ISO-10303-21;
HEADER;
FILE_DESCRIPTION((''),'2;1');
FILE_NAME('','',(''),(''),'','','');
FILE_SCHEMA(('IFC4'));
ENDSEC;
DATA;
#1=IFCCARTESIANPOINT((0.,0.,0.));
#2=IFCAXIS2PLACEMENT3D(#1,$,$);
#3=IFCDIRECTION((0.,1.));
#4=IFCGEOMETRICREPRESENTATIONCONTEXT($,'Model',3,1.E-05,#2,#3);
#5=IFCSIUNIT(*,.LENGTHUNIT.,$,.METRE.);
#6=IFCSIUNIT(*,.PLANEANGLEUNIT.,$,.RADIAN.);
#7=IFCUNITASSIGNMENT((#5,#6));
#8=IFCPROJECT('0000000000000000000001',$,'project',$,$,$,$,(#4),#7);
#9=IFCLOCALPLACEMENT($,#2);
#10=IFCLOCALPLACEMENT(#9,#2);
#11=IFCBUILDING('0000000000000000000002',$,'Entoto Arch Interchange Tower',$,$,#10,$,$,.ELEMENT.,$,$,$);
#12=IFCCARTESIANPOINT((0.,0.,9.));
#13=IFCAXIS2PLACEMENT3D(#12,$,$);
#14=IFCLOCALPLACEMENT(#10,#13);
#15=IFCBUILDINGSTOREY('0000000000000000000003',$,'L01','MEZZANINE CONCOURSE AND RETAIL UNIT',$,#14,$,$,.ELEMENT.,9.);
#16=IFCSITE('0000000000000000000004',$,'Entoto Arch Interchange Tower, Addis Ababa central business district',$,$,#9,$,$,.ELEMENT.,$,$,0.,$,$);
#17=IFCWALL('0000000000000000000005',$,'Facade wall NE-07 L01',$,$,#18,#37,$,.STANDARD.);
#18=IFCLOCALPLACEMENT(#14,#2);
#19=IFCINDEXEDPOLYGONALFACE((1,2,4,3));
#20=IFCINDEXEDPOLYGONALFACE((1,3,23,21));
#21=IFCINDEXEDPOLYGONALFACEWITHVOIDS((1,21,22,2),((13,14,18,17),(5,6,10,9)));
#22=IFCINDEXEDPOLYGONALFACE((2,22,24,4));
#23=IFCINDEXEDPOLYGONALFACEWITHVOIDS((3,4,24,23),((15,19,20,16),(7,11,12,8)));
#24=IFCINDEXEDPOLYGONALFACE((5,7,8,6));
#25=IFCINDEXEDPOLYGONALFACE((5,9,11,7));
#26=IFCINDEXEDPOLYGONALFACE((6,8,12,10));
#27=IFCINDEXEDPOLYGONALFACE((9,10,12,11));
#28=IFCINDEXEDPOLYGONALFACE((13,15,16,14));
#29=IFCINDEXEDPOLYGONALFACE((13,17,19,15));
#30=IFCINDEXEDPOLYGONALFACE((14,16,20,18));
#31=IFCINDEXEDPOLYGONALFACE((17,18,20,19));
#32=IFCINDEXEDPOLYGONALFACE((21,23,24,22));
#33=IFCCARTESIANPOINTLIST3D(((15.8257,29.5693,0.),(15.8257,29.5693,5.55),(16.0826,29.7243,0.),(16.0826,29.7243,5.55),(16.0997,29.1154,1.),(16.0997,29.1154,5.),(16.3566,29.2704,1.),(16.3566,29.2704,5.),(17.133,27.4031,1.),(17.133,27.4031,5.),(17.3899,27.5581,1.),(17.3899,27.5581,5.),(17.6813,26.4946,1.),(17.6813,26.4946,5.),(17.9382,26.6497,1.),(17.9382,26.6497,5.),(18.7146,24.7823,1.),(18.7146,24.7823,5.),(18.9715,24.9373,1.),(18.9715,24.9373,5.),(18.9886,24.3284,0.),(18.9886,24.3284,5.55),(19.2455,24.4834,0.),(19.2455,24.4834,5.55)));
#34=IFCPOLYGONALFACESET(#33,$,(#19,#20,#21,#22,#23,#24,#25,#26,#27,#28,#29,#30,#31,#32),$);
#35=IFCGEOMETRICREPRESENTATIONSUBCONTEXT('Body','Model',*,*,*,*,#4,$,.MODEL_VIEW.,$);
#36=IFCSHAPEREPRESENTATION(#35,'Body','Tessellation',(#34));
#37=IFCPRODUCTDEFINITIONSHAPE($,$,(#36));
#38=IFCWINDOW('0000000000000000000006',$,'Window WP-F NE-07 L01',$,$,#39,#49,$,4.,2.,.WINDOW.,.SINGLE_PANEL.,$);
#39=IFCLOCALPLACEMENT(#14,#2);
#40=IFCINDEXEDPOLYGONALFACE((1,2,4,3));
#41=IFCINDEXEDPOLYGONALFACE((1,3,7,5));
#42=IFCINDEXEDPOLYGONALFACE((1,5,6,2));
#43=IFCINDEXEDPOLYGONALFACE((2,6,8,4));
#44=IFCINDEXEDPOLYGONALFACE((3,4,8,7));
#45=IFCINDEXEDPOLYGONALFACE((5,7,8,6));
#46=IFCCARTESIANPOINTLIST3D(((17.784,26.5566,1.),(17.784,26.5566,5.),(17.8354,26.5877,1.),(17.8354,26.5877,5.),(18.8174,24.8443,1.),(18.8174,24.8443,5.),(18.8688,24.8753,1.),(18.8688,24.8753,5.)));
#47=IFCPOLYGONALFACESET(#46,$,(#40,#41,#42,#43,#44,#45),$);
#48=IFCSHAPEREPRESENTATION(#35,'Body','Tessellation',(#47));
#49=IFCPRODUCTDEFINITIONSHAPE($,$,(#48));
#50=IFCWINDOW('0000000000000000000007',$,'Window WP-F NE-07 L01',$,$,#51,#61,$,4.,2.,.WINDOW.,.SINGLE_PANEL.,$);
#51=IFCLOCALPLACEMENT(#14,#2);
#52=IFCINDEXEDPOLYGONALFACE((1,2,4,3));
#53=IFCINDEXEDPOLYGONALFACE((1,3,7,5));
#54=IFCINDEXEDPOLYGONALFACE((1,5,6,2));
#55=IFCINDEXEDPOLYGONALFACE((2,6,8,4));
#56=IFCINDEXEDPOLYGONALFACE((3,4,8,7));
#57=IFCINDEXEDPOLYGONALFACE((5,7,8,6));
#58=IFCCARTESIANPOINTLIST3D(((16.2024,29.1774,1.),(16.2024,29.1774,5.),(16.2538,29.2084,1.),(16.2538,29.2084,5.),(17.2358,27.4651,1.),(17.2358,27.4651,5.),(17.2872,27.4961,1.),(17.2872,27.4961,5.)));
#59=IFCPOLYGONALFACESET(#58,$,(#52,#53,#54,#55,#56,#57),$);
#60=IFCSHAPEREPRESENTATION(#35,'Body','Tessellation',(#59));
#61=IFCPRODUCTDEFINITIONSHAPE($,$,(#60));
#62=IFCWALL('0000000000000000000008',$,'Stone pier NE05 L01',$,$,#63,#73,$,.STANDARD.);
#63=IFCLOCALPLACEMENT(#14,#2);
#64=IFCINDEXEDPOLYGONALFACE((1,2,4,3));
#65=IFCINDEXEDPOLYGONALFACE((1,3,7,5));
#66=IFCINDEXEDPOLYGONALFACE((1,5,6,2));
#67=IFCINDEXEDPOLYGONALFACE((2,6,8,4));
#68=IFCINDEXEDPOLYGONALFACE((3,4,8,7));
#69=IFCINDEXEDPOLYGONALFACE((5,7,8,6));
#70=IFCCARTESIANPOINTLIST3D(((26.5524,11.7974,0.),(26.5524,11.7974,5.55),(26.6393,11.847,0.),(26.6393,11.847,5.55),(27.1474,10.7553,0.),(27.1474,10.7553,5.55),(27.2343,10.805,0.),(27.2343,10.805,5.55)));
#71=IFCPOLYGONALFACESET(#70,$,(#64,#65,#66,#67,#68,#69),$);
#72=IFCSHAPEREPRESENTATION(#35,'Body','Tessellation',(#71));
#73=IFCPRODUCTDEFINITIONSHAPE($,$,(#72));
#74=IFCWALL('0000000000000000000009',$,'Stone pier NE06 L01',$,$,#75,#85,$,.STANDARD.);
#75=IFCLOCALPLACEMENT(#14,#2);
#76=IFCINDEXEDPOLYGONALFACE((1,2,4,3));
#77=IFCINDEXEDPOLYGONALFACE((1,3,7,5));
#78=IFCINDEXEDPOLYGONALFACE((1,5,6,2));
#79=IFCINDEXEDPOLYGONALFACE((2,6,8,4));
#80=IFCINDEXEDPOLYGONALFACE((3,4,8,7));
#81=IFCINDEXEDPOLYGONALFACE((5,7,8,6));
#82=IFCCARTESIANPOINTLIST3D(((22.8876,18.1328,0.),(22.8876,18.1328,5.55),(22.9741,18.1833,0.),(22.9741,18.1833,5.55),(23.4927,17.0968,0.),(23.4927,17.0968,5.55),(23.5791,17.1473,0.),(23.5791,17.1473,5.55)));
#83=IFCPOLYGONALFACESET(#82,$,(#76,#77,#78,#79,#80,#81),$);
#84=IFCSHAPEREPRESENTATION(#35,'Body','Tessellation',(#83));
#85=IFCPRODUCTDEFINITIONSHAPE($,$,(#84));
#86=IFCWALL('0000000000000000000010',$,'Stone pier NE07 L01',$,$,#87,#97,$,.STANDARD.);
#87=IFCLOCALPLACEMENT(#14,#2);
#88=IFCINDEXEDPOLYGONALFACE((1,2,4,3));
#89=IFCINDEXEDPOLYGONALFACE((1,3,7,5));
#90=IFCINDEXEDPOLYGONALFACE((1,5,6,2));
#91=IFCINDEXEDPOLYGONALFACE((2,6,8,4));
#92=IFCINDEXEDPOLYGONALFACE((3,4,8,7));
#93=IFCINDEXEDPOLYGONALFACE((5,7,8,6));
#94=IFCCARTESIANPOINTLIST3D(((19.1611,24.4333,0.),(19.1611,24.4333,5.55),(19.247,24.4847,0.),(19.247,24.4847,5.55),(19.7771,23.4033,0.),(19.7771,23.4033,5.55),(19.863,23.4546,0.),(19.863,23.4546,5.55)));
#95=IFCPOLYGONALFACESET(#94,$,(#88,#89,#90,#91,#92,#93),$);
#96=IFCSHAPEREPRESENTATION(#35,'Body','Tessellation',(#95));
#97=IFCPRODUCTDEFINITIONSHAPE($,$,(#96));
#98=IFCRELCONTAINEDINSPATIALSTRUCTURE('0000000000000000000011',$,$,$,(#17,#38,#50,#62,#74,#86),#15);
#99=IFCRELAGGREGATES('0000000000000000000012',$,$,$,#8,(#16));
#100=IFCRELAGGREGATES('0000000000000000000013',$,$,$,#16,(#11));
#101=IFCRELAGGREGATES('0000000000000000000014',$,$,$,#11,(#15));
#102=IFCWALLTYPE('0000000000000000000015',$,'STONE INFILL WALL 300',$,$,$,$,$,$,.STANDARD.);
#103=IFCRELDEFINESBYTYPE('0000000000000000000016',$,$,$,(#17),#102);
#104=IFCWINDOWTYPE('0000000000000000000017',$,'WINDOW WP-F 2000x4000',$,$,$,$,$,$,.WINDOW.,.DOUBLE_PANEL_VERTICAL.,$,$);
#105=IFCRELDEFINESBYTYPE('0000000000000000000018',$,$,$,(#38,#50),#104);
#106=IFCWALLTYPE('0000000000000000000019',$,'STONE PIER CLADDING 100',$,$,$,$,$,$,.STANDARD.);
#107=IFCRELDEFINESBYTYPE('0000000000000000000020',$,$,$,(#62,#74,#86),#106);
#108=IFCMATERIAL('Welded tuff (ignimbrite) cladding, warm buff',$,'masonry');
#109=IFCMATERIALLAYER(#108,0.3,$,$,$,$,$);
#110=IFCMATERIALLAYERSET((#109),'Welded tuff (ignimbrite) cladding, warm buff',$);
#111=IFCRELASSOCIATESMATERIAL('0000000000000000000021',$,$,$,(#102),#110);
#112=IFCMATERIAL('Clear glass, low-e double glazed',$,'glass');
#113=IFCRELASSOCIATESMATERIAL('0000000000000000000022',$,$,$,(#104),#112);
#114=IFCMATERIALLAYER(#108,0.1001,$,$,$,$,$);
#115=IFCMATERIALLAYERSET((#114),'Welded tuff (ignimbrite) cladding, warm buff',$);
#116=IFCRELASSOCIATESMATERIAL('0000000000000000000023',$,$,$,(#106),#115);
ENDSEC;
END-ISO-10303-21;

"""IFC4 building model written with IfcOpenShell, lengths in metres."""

from ifc_helpers import new_model, si_unit, direction, frame, frame_2d, origin, place, context, subcontext, project, spatial, rectangle, extrude, material, layer, layer_set, type_object, element, fill, save


model = new_model("IFC4")

# Units and contexts
model_context = context("Model", 3, precision=1e-05, world=origin(), true_north=direction((0.0, 1.0)))
body_context = subcontext(model_context, "Body", "Model", "MODEL_VIEW")
ifc_project = project(units=[si_unit("LENGTHUNIT", "METRE"), si_unit("PLANEANGLEUNIT", "RADIAN")], contexts=[model_context])

# Site, building, storey
site_placement = place(None, origin())
site = spatial("IfcSite", under=ifc_project, at=site_placement, Name="Entoto Arch Interchange Tower, Addis Ababa central business district", CompositionType="ELEMENT", RefElevation=0.0)
building_placement = place(site_placement, origin())
building = spatial("IfcBuilding", under=site, at=building_placement, Name="Entoto Arch Interchange Tower", CompositionType="ELEMENT")
storey_placement = place(building_placement, frame((0.0, 0.0, 9.0)))
storey = spatial("IfcBuildingStorey", under=building, at=storey_placement, Name="L01", Description="MEZZANINE CONCOURSE AND RETAIL UNIT", CompositionType="ELEMENT", Elevation=9.0)

# Wall, openings, windows
ifc_material_1 = material(Name="Welded tuff (ignimbrite) cladding, warm buff", Category="masonry")
ifc_layer_1 = layer(ifc_material_1, 0.3)
ifc_layer_set_1 = layer_set([ifc_layer_1], Name="Welded tuff (ignimbrite) cladding, warm buff")
wall_type_1 = type_object("IfcWallType", Name="STONE INFILL WALL 300", PredefinedType="STANDARD", material=ifc_layer_set_1)
ifc_material_2 = material(Name="Clear glass, low-e double glazed", Category="glass")
window_type = type_object("IfcWindowType", Name="WINDOW WP-F 2000x4000", PartitioningType="DOUBLE_PANEL_VERTICAL", PredefinedType="WINDOW", material=ifc_material_2)
wall_1_placement = place(storey_placement, frame((19.1169, 24.406, 0.0), z_axis=(0.0, 0.0, 1.0), x_axis=(-0.516688, 0.856174, 0.0)))
wall_1 = element("IfcWall", 1, at=wall_1_placement, inside=storey, type_object=wall_type_1, Name="Facade wall NE-07 L01", PredefinedType="STANDARD", context=body_context, shape_type="SweptSolid", body=[
    extrude(rectangle(XDim=6.1213, YDim=0.3, at=frame_2d((3.0605, 0.0))), origin(), (0.0, 0.0, 1.0), 5.55),
])
opening_1_placement = place(wall_1_placement, frame((0.53, 0.0, 1.0)))
opening_1 = element("IfcOpeningElement", 2, at=opening_1_placement, cuts=wall_1, PredefinedType="OPENING", context=body_context, shape_type="SweptSolid", body=[
    extrude(rectangle(XDim=2.0, YDim=4.0, at=frame_2d((1.0, 2.0))), frame((0.0, 0.1602, 0.0), z_axis=(0.0, -1.0, 0.0), x_axis=(1.0, 0.0, 0.0)), (0.0, 0.0, 1.0), 0.3201),
])
opening_2_placement = place(wall_1_placement, frame((3.5911, 0.0, 1.0)))
opening_2 = element("IfcOpeningElement", 3, at=opening_2_placement, cuts=wall_1, PredefinedType="OPENING", context=body_context, shape_type="SweptSolid", body=[
    extrude(rectangle(XDim=2.0, YDim=4.0, at=frame_2d((1.0, 2.0))), frame((0.0, 0.1602, 0.0), z_axis=(0.0, -1.0, 0.0), x_axis=(1.0, 0.0, 0.0)), (0.0, 0.0, 1.0), 0.3201),
])
window_1_placement = place(opening_1_placement, origin())
window_1 = element("IfcWindow", 4, at=window_1_placement, inside=storey, type_object=window_type, Name="Window WP-F NE-07 L01", OverallHeight=4.0, OverallWidth=2.0, PartitioningType="SINGLE_PANEL", PredefinedType="WINDOW", context=body_context, shape_type="SweptSolid", body=[
    extrude(rectangle(XDim=2.0, YDim=4.0, at=frame_2d((1.0, 2.0))), frame((0.0, 0.03, 0.0), z_axis=(0.0, -1.0, 0.0), x_axis=(1.0, 0.0, 0.0)), (0.0, 0.0, 1.0), 0.0601),
])
fill(opening_1, window_1)
window_2_placement = place(opening_2_placement, origin())
window_2 = element("IfcWindow", 5, at=window_2_placement, inside=storey, type_object=window_type, Name="Window WP-F NE-07 L01", OverallHeight=4.0, OverallWidth=2.0, PartitioningType="SINGLE_PANEL", PredefinedType="WINDOW", context=body_context, shape_type="SweptSolid", body=[
    extrude(rectangle(XDim=2.0, YDim=4.0, at=frame_2d((1.0, 2.0))), frame((0.0, 0.03, 0.0), z_axis=(0.0, -1.0, 0.0), x_axis=(1.0, 0.0, 0.0)), (0.0, 0.0, 1.0), 0.0601),
])
fill(opening_2, window_2)

# Walls
ifc_layer_2 = layer(ifc_material_1, 0.1001)
ifc_layer_set_2 = layer_set([ifc_layer_2], Name="Welded tuff (ignimbrite) cladding, warm buff")
wall_type_2 = type_object("IfcWallType", Name="STONE PIER CLADDING 100", PredefinedType="STANDARD", material=ifc_layer_set_2)
wall_2_placement = place(storey_placement, frame((27.1909, 10.78, 0.0), z_axis=(0.0, 0.0, 1.0), x_axis=(-0.495854, 0.868406, 0.0)))
element("IfcWall", 6, at=wall_2_placement, inside=storey, type_object=wall_type_2, Name="Stone pier NE05 L01", PredefinedType="STANDARD", context=body_context, shape_type="SweptSolid", body=[
    extrude(rectangle(XDim=1.2, YDim=0.1001, at=frame_2d((0.6001, 0.0))), origin(), (0.0, 0.0, 1.0), 5.55),
])
wall_3_placement = place(storey_placement, frame((23.5359, 17.1221, 0.0), z_axis=(0.0, 0.0, 1.0), x_axis=(-0.504314, 0.86352, 0.0)))
element("IfcWall", 7, at=wall_3_placement, inside=storey, type_object=wall_type_2, Name="Stone pier NE06 L01", PredefinedType="STANDARD", context=body_context, shape_type="SweptSolid", body=[
    extrude(rectangle(XDim=1.1997, YDim=0.1001, at=frame_2d((0.5999, 0.0))), origin(), (0.0, 0.0, 1.0), 5.55),
])
wall_4_placement = place(storey_placement, frame((19.8201, 23.429, 0.0), z_axis=(0.0, 0.0, 1.0), x_axis=(-0.513239, 0.858246, 0.0)))
element("IfcWall", 8, at=wall_4_placement, inside=storey, type_object=wall_type_2, Name="Stone pier NE07 L01", PredefinedType="STANDARD", context=body_context, shape_type="SweptSolid", body=[
    extrude(rectangle(XDim=1.2002, YDim=0.1001, at=frame_2d((0.6001, 0.0))), origin(), (0.0, 0.0, 1.0), 5.55),
])

save(model, "model.ifc")
